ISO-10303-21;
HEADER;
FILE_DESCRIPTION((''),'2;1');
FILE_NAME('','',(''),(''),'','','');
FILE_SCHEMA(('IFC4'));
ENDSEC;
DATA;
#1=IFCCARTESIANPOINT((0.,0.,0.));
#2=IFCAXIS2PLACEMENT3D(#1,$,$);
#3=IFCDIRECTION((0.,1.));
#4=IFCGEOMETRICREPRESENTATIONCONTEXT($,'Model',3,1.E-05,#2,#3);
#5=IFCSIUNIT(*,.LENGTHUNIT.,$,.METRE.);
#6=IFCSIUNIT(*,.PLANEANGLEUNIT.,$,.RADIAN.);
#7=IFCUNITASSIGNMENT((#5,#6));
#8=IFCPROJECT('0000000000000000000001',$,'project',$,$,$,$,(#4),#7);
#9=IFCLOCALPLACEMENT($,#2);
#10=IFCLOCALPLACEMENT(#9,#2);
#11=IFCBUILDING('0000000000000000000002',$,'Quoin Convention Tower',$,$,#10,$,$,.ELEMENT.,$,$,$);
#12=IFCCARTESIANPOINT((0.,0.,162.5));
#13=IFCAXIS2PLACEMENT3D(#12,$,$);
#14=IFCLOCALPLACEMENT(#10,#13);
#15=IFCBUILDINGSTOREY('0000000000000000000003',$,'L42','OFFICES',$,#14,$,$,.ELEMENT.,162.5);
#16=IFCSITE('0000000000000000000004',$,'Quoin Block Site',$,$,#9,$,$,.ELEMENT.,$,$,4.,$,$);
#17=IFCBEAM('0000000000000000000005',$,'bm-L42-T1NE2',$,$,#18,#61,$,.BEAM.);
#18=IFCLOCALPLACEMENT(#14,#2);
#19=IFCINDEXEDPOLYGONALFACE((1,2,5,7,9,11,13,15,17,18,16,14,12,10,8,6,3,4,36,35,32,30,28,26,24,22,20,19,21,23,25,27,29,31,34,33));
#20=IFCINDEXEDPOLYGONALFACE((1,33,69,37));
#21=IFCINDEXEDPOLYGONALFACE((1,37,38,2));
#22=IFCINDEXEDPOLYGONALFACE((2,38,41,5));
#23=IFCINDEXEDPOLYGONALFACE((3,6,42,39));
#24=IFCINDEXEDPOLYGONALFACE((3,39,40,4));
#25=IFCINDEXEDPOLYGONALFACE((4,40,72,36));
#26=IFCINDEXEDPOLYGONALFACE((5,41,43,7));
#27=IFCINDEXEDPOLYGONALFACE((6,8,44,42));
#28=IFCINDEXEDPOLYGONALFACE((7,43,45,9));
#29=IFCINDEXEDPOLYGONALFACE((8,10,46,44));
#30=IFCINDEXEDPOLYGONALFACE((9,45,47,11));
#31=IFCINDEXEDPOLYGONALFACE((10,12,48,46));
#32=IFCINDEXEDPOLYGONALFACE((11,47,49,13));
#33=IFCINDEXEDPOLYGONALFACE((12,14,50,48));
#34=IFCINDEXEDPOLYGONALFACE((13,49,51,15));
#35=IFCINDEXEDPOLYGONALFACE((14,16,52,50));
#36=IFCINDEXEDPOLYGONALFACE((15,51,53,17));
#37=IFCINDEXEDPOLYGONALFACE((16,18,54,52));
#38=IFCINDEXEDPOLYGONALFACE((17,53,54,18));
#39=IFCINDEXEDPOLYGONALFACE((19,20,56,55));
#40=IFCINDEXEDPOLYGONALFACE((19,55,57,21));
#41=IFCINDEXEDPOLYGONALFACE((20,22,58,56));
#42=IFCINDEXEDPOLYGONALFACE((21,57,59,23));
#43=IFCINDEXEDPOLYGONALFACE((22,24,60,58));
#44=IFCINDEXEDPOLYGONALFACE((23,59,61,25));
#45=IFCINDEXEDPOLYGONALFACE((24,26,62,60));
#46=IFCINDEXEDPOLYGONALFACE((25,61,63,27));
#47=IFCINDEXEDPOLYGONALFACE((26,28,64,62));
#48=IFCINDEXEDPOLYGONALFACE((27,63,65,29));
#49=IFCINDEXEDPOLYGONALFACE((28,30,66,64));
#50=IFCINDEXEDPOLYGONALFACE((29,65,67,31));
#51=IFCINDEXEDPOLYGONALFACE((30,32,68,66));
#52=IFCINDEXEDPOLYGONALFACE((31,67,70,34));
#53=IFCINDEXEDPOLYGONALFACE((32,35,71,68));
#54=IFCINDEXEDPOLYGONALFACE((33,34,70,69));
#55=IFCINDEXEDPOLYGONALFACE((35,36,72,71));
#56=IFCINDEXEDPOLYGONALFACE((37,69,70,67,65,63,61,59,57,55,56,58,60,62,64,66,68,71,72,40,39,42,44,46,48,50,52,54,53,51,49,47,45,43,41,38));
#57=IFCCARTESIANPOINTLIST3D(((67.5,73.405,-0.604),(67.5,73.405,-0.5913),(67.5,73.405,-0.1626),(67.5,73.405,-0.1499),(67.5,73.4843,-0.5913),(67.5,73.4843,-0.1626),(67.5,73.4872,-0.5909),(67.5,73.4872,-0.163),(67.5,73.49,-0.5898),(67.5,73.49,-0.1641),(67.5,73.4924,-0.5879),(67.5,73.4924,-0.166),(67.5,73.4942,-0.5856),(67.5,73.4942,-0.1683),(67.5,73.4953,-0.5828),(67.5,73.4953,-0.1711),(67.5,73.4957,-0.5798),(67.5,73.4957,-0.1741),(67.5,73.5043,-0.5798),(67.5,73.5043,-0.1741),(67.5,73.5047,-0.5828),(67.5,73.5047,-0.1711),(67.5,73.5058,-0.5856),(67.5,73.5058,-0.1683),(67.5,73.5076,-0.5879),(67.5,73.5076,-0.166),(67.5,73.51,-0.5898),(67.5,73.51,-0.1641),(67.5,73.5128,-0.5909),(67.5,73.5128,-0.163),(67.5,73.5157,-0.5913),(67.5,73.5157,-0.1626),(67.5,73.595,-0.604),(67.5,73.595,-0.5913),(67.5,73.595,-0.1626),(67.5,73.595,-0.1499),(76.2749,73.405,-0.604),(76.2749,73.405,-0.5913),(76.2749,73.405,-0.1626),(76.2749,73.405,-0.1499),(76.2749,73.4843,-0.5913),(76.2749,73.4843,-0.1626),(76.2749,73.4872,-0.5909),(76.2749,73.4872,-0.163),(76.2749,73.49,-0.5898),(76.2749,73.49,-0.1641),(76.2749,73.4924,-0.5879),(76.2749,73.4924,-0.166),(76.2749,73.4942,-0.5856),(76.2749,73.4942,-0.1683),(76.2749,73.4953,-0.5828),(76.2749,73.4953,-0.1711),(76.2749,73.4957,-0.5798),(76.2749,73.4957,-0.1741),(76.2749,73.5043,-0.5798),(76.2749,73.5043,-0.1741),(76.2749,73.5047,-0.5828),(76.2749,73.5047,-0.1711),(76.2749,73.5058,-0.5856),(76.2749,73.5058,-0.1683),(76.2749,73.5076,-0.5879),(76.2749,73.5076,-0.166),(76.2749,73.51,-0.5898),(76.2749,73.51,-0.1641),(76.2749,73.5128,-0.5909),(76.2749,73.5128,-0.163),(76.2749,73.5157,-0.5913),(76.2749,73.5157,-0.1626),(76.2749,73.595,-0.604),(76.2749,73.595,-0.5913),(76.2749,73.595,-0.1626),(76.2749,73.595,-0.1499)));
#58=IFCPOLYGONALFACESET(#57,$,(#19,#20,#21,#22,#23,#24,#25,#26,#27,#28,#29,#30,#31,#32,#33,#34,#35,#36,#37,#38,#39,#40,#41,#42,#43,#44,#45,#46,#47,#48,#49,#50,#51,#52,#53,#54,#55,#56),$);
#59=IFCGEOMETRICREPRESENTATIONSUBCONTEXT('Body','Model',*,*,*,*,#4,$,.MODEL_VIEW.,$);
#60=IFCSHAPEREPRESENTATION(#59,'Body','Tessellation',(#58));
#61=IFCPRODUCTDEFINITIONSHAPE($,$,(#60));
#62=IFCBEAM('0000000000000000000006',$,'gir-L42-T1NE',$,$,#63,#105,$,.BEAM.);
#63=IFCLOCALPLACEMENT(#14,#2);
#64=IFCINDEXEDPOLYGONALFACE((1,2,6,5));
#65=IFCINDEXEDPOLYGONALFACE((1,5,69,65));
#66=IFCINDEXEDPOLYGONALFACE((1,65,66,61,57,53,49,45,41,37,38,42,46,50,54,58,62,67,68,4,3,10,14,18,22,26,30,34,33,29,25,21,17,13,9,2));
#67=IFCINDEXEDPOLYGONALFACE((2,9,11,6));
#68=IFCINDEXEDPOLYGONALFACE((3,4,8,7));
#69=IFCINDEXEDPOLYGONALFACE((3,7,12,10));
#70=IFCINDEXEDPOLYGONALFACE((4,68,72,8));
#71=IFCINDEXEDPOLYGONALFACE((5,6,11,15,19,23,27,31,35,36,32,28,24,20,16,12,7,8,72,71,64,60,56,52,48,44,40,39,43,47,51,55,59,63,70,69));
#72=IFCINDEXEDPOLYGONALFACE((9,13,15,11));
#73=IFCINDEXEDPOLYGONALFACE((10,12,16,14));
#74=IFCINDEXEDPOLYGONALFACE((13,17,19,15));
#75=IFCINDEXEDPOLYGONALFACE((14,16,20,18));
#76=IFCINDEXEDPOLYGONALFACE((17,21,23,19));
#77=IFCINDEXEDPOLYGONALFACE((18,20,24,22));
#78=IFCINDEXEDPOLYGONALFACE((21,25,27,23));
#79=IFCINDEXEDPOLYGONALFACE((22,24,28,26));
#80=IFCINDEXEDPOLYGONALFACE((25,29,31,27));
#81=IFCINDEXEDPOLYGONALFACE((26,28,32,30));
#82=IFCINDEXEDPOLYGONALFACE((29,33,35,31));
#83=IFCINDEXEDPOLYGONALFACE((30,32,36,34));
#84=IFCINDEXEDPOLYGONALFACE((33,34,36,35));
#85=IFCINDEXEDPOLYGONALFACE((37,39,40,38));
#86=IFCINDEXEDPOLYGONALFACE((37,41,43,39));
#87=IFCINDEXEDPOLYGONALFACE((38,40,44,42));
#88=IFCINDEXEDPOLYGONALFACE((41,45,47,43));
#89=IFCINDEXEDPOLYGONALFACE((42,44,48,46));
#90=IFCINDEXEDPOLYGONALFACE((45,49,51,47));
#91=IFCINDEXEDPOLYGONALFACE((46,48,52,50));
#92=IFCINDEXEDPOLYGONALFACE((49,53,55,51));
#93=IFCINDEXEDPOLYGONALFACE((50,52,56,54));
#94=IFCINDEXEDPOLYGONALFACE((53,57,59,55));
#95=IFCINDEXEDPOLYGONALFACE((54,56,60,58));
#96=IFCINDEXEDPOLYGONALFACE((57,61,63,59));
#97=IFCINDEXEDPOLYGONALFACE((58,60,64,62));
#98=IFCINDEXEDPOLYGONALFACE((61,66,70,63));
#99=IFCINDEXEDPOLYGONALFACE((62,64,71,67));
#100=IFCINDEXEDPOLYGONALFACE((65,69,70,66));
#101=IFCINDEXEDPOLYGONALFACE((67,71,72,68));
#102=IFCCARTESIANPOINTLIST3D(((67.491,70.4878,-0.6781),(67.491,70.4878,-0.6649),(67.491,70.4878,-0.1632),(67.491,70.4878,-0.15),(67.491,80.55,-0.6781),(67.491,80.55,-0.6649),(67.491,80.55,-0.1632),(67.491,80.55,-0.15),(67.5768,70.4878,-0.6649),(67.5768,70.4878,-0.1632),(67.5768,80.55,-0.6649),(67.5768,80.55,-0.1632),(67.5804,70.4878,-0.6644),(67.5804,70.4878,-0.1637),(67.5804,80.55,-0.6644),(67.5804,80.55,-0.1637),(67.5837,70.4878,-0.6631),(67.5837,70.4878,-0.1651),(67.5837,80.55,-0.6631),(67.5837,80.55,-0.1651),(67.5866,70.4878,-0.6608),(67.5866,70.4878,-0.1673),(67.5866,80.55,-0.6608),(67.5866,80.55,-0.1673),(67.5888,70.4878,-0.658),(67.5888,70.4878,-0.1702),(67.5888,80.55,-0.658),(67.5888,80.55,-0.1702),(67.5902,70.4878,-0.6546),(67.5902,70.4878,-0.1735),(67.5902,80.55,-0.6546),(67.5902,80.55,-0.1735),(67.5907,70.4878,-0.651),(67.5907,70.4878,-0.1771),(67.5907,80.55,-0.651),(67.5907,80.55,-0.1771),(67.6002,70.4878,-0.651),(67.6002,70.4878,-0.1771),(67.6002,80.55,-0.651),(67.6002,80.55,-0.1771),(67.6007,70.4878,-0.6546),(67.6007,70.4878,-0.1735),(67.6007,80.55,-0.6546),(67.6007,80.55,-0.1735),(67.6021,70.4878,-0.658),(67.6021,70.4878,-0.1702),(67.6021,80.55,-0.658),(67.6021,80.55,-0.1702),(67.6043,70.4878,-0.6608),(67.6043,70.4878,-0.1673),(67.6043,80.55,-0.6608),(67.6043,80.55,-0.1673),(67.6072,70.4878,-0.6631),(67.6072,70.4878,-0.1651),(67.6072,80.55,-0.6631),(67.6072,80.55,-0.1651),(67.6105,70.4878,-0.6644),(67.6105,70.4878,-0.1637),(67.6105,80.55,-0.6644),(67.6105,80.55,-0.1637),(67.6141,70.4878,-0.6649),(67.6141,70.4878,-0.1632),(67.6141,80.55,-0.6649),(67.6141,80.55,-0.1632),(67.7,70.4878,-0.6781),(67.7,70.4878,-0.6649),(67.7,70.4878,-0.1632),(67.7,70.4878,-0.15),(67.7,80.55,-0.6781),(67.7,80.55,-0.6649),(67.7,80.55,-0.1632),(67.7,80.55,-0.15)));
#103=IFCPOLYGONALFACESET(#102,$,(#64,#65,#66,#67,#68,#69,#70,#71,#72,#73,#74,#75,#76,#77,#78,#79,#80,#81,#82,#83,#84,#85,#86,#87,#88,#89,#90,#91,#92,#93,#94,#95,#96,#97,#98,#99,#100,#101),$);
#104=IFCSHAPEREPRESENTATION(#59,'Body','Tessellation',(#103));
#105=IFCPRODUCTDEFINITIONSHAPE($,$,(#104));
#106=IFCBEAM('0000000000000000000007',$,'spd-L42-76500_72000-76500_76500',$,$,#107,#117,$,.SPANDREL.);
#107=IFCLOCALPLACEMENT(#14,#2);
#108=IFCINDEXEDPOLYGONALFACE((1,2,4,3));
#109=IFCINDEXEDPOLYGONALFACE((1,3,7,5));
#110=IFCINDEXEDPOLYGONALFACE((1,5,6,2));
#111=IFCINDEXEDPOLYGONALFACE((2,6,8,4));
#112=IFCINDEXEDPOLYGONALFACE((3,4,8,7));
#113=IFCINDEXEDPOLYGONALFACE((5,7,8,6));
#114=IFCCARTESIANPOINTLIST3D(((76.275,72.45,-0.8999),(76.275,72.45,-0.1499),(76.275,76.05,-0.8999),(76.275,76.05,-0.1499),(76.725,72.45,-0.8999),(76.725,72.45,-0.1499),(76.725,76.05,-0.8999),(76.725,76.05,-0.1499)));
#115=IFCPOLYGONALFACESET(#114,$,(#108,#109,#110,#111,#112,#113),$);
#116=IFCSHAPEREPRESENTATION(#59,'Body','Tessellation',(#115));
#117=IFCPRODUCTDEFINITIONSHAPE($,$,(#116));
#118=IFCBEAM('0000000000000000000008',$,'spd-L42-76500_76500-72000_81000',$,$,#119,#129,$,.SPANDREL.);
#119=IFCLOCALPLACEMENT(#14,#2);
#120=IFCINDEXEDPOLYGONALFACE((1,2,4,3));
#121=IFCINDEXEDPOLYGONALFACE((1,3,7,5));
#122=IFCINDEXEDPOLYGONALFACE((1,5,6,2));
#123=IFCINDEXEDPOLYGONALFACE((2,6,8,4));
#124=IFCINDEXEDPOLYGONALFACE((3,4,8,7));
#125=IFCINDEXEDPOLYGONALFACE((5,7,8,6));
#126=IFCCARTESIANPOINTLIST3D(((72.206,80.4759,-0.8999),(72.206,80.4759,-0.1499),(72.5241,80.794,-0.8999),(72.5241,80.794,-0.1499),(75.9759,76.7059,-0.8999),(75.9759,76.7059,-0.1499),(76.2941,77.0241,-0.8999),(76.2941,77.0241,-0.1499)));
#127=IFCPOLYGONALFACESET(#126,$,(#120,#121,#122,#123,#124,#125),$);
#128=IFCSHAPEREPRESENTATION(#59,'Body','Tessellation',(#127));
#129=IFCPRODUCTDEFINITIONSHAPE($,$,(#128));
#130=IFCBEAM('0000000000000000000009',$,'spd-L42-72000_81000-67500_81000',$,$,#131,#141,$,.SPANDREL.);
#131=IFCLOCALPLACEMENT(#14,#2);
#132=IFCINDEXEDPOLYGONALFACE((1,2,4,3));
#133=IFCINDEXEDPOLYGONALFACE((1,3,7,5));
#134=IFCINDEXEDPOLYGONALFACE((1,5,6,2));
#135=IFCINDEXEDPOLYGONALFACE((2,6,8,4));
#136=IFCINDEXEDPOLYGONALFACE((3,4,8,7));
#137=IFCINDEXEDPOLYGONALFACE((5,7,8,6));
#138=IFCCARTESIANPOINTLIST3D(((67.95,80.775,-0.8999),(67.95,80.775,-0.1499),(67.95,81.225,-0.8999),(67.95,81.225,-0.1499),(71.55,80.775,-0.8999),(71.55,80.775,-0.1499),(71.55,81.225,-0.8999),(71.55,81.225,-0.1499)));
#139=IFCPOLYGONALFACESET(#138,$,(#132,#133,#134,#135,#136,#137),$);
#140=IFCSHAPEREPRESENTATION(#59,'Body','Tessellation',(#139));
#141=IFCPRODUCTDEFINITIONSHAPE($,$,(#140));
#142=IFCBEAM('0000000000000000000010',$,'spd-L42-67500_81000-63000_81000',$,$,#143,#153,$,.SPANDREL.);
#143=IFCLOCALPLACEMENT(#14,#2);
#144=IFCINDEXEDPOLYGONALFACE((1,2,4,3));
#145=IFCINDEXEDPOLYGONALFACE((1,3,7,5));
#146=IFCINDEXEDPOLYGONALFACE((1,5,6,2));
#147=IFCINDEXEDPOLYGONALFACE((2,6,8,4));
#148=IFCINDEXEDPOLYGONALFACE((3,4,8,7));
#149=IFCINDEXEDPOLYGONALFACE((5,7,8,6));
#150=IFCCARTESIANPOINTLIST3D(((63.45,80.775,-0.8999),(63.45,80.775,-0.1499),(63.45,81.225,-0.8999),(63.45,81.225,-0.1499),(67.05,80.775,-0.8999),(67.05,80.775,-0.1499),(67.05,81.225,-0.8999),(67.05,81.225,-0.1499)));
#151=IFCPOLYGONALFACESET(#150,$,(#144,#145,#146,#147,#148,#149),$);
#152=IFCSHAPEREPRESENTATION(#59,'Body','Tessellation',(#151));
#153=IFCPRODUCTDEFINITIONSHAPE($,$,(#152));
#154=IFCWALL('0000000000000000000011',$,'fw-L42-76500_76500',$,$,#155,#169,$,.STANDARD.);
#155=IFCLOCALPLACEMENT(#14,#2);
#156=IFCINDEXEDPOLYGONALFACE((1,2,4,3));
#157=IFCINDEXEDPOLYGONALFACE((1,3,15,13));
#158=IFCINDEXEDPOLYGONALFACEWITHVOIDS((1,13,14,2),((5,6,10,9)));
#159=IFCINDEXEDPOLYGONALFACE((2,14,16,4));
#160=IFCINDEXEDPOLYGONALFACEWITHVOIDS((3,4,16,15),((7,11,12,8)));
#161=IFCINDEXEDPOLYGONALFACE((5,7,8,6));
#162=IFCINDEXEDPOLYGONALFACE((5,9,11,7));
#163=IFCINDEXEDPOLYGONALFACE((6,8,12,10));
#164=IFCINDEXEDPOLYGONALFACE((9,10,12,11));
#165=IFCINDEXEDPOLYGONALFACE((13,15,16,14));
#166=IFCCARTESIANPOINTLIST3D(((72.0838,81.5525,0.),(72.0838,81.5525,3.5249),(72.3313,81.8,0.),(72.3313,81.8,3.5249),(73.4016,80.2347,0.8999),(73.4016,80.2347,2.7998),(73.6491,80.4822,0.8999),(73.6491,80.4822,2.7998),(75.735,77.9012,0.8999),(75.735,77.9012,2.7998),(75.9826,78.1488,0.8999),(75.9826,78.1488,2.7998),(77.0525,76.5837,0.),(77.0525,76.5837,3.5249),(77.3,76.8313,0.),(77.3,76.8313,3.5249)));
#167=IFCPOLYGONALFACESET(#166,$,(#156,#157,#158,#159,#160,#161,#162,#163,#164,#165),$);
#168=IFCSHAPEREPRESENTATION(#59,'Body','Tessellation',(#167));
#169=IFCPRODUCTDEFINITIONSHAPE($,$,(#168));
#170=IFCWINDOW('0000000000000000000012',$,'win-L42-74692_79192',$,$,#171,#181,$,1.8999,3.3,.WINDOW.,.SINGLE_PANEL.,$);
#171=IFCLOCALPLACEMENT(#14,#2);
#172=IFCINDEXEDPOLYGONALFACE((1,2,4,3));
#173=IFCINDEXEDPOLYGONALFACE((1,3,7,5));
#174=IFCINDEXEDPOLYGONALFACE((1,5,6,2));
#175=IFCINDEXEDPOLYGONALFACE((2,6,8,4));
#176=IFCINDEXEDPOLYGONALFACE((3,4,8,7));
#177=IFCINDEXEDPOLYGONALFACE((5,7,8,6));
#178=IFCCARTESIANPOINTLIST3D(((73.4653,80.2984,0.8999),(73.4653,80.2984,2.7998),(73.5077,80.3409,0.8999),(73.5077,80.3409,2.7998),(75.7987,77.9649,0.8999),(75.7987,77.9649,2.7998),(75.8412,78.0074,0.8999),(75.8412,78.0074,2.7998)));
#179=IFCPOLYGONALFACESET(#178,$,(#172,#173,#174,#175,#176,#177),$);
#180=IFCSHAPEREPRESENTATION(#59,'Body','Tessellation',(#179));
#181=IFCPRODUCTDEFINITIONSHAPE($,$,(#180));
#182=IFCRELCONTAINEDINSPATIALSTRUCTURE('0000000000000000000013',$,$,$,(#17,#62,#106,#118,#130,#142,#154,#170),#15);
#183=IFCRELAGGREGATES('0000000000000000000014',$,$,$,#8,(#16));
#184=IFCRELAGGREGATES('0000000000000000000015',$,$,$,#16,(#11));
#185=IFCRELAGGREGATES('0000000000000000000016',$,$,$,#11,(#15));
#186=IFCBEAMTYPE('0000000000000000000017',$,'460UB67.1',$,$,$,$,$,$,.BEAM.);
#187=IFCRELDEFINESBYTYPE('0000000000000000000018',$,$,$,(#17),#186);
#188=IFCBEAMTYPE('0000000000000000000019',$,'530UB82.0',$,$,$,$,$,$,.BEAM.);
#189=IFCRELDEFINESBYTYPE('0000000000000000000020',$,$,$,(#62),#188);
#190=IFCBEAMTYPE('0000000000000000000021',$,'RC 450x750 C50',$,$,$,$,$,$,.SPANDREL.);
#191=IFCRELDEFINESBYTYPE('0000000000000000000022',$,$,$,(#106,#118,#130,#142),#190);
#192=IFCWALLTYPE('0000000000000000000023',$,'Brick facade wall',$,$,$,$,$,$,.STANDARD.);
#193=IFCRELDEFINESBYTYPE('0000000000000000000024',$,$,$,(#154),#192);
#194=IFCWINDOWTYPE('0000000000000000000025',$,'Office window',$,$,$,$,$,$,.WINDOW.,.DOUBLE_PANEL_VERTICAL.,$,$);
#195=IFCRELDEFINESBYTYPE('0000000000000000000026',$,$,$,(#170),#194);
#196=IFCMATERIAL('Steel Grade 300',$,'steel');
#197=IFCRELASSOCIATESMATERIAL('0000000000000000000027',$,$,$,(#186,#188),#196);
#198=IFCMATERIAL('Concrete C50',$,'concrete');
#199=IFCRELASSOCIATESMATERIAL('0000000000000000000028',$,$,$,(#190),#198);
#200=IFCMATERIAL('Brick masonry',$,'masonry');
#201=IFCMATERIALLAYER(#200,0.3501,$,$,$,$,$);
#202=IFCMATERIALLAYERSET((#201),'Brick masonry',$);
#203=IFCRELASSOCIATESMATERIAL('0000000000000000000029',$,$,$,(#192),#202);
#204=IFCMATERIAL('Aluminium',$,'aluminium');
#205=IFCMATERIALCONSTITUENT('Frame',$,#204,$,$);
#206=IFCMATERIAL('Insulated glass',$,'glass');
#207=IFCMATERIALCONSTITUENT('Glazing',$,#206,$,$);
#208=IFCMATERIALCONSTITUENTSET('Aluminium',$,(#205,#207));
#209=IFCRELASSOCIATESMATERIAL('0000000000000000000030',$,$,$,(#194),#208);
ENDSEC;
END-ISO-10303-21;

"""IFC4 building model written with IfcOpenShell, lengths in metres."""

from ifc_helpers import new_model, si_unit, direction, frame, frame_2d, origin, origin_2d, place, context, subcontext, project, spatial, rectangle, i_section, extrude, material, layer, layer_set, constituent, constituent_set, material_profile, profile_set, type_object, element, fill, save


model = new_model("IFC4")

# Units and contexts
model_context = context("Model", 3, precision=1e-05, world=origin(), true_north=direction((0.0, 1.0)))
body_context = subcontext(model_context, "Body", "Model", "MODEL_VIEW")
ifc_project = project(units=[si_unit("LENGTHUNIT", "METRE"), si_unit("PLANEANGLEUNIT", "RADIAN")], contexts=[model_context])

# Site, building, storey
site_placement = place(None, origin())
site = spatial("IfcSite", under=ifc_project, at=site_placement, Name="Quoin Block Site", CompositionType="ELEMENT", RefElevation=4.0)
building_placement = place(site_placement, origin())
building = spatial("IfcBuilding", under=site, at=building_placement, Name="Quoin Convention Tower", CompositionType="ELEMENT")
storey_placement = place(building_placement, frame((0.0, 0.0, 162.5)))
storey = spatial("IfcBuildingStorey", under=building, at=storey_placement, Name="L42", Description="OFFICES", CompositionType="ELEMENT", Elevation=162.5)

# Shared definitions
ifc_material_1 = material(Name="Concrete C50", Category="concrete")

# Beams
ifc_material_2 = material(Name="Steel Grade 300", Category="steel")
ifc_material_profile_1 = material_profile(ifc_material_2, i_section(OverallWidth=0.1899, OverallDepth=0.4541, WebThickness=0.0085, FlangeThickness=0.0127, FilletRadius=0.0115, at=origin_2d()), Name="460UB67.1")
ifc_profile_set_1 = profile_set([ifc_material_profile_1], Name="Steel Grade 300")
beam_type_1 = type_object("IfcBeamType", Name="460UB67.1", PredefinedType="BEAM", material=ifc_profile_set_1)
beam_1_placement = place(storey_placement, frame((67.5, 73.5, -0.377), z_axis=(1.0, 0.0, 0.0), x_axis=(0.0, 1.0, 0.0)))
element("IfcBeam", 1, at=beam_1_placement, inside=storey, type_object=beam_type_1, Name="bm-L42-T1NE2", PredefinedType="BEAM", context=body_context, shape_type="SweptSolid", body=[
    extrude(i_section(OverallWidth=0.1899, OverallDepth=0.4541, WebThickness=0.0085, FlangeThickness=0.0127, FilletRadius=0.0115, at=origin_2d()), origin(), (0.0, 0.0, 1.0), 8.7749),
])
ifc_material_profile_2 = material_profile(ifc_material_2, i_section(OverallWidth=0.209, OverallDepth=0.5281, WebThickness=0.0095, FlangeThickness=0.0132, FilletRadius=0.0139, at=origin_2d()), Name="530UB82.0")
ifc_profile_set_2 = profile_set([ifc_material_profile_2], Name="Steel Grade 300")
beam_type_2 = type_object("IfcBeamType", Name="530UB82.0", PredefinedType="BEAM", material=ifc_profile_set_2)
beam_2_placement = place(storey_placement, frame((67.5955, 80.55, -0.4141), z_axis=(0.0, -1.0, 0.0), x_axis=(1.0, 0.0, 0.0)))
element("IfcBeam", 2, at=beam_2_placement, inside=storey, type_object=beam_type_2, Name="gir-L42-T1NE", PredefinedType="BEAM", context=body_context, shape_type="SweptSolid", body=[
    extrude(i_section(OverallWidth=0.209, OverallDepth=0.5281, WebThickness=0.0095, FlangeThickness=0.0132, FilletRadius=0.0139, at=origin_2d()), origin(), (0.0, 0.0, 1.0), 10.0623),
])
ifc_material_profile_3 = material_profile(ifc_material_1, rectangle(XDim=0.45, YDim=0.75, at=origin_2d()), Name="RC 450x750")
ifc_profile_set_3 = profile_set([ifc_material_profile_3], Name="Concrete C50")
beam_type_3 = type_object("IfcBeamType", Name="RC 450x750 C50", PredefinedType="SPANDREL", material=ifc_profile_set_3)
beam_3_placement = place(storey_placement, frame((76.5, 72.45, -0.5249), z_axis=(0.0, 1.0, 0.0), x_axis=(-1.0, 0.0, 0.0)))
element("IfcBeam", 3, at=beam_3_placement, inside=storey, type_object=beam_type_3, Name="spd-L42-76500_72000-76500_76500", PredefinedType="SPANDREL", context=body_context, shape_type="SweptSolid", body=[
    extrude(rectangle(XDim=0.45, YDim=0.75, at=origin_2d()), origin(), (0.0, 0.0, 1.0), 3.6001),
])
beam_4_placement = place(storey_placement, frame((76.135, 76.865, -0.5249), z_axis=(-0.707107, 0.707107, 0.0), x_axis=(-0.707107, -0.707107, 0.0)))
element("IfcBeam", 4, at=beam_4_placement, inside=storey, type_object=beam_type_3, Name="spd-L42-76500_76500-72000_81000", PredefinedType="SPANDREL", context=body_context, shape_type="SweptSolid", body=[
    extrude(rectangle(XDim=0.45, YDim=0.75, at=origin_2d()), origin(), (0.0, 0.0, 1.0), 5.3315),
])
for number, where, z_axis, x_axis, name in (
    (5, (71.55, 81.0, -0.5249), (-1.0, 0.0, 0.0), (0.0, -1.0, 0.0), "spd-L42-72000_81000-67500_81000"),
    (6, (67.05, 81.0, -0.5249), (-1.0, 0.0, 0.0), (0.0, -1.0, 0.0), "spd-L42-67500_81000-63000_81000"),
):
    element("IfcBeam", number, at=place(storey_placement, frame(where, z_axis=z_axis, x_axis=x_axis)), inside=storey, type_object=beam_type_3, Name=name, PredefinedType="SPANDREL", context=body_context, shape_type="SweptSolid", body=[
        extrude(rectangle(XDim=0.45, YDim=0.75, at=origin_2d()), origin(), (0.0, 0.0, 1.0), 3.6001),
    ])

# Wall, opening, window
ifc_material_3 = material(Name="Brick masonry", Category="masonry")
ifc_layer_1 = layer(ifc_material_3, 0.3501)
ifc_layer_set_1 = layer_set([ifc_layer_1], Name="Brick masonry")
wall_type_1 = type_object("IfcWallType", Name="Brick facade wall", PredefinedType="STANDARD", material=ifc_layer_set_1)
wall_1_placement = place(storey_placement, frame((77.1763, 76.7075, 0.0), z_axis=(0.0, 0.0, 1.0), x_axis=(-0.707107, 0.707107, 0.0)))
wall_1 = element("IfcWall", 7, at=wall_1_placement, inside=storey, type_object=wall_type_1, Name="fw-L42-76500_76500", PredefinedType="STANDARD", context=body_context, shape_type="SweptSolid", body=[
    extrude(rectangle(XDim=7.0269, YDim=0.3501, at=frame_2d((3.5134, 0.0))), origin(), (0.0, 0.0, 1.0), 3.5249),
])
opening_1_placement = place(wall_1_placement, frame((1.8633, 0.0, 0.8999)))
opening_1 = element("IfcOpeningElement", 8, at=opening_1_placement, cuts=wall_1, PredefinedType="OPENING", context=body_context, shape_type="SweptSolid", body=[
    extrude(rectangle(XDim=3.3, YDim=1.8999, at=frame_2d((1.6499, 0.95))), frame((0.0, 0.1851, 0.0), z_axis=(0.0, -1.0, 0.0), x_axis=(1.0, 0.0, 0.0)), (0.0, 0.0, 1.0), 0.3701),
])
ifc_material_4 = material(Name="Aluminium", Category="aluminium")
ifc_constituent_1 = constituent(ifc_material_4, Name="Frame")
ifc_material_5 = material(Name="Insulated glass", Category="glass")
ifc_constituent_2 = constituent(ifc_material_5, Name="Glazing")
ifc_constituent_set = constituent_set(constituents=[ifc_constituent_1, ifc_constituent_2], Name="Aluminium")
window_type = type_object("IfcWindowType", Name="Office window", PartitioningType="DOUBLE_PANEL_VERTICAL", PredefinedType="WINDOW", material=ifc_constituent_set)
window_1_placement = place(opening_1_placement, origin())
window_1 = element("IfcWindow", 9, at=window_1_placement, inside=storey, type_object=window_type, Name="win-L42-74692_79192", OverallHeight=1.8999, OverallWidth=3.3, PartitioningType="SINGLE_PANEL", PredefinedType="WINDOW", context=body_context, shape_type="SweptSolid", body=[
    extrude(rectangle(XDim=3.3, YDim=1.8999, at=frame_2d((1.6499, 0.95))), frame((0.0, 0.085, 0.0), z_axis=(0.0, -1.0, 0.0), x_axis=(1.0, 0.0, 0.0)), (0.0, 0.0, 1.0), 0.0601),
])
fill(opening_1, window_1)

save(model, "model.ifc")
